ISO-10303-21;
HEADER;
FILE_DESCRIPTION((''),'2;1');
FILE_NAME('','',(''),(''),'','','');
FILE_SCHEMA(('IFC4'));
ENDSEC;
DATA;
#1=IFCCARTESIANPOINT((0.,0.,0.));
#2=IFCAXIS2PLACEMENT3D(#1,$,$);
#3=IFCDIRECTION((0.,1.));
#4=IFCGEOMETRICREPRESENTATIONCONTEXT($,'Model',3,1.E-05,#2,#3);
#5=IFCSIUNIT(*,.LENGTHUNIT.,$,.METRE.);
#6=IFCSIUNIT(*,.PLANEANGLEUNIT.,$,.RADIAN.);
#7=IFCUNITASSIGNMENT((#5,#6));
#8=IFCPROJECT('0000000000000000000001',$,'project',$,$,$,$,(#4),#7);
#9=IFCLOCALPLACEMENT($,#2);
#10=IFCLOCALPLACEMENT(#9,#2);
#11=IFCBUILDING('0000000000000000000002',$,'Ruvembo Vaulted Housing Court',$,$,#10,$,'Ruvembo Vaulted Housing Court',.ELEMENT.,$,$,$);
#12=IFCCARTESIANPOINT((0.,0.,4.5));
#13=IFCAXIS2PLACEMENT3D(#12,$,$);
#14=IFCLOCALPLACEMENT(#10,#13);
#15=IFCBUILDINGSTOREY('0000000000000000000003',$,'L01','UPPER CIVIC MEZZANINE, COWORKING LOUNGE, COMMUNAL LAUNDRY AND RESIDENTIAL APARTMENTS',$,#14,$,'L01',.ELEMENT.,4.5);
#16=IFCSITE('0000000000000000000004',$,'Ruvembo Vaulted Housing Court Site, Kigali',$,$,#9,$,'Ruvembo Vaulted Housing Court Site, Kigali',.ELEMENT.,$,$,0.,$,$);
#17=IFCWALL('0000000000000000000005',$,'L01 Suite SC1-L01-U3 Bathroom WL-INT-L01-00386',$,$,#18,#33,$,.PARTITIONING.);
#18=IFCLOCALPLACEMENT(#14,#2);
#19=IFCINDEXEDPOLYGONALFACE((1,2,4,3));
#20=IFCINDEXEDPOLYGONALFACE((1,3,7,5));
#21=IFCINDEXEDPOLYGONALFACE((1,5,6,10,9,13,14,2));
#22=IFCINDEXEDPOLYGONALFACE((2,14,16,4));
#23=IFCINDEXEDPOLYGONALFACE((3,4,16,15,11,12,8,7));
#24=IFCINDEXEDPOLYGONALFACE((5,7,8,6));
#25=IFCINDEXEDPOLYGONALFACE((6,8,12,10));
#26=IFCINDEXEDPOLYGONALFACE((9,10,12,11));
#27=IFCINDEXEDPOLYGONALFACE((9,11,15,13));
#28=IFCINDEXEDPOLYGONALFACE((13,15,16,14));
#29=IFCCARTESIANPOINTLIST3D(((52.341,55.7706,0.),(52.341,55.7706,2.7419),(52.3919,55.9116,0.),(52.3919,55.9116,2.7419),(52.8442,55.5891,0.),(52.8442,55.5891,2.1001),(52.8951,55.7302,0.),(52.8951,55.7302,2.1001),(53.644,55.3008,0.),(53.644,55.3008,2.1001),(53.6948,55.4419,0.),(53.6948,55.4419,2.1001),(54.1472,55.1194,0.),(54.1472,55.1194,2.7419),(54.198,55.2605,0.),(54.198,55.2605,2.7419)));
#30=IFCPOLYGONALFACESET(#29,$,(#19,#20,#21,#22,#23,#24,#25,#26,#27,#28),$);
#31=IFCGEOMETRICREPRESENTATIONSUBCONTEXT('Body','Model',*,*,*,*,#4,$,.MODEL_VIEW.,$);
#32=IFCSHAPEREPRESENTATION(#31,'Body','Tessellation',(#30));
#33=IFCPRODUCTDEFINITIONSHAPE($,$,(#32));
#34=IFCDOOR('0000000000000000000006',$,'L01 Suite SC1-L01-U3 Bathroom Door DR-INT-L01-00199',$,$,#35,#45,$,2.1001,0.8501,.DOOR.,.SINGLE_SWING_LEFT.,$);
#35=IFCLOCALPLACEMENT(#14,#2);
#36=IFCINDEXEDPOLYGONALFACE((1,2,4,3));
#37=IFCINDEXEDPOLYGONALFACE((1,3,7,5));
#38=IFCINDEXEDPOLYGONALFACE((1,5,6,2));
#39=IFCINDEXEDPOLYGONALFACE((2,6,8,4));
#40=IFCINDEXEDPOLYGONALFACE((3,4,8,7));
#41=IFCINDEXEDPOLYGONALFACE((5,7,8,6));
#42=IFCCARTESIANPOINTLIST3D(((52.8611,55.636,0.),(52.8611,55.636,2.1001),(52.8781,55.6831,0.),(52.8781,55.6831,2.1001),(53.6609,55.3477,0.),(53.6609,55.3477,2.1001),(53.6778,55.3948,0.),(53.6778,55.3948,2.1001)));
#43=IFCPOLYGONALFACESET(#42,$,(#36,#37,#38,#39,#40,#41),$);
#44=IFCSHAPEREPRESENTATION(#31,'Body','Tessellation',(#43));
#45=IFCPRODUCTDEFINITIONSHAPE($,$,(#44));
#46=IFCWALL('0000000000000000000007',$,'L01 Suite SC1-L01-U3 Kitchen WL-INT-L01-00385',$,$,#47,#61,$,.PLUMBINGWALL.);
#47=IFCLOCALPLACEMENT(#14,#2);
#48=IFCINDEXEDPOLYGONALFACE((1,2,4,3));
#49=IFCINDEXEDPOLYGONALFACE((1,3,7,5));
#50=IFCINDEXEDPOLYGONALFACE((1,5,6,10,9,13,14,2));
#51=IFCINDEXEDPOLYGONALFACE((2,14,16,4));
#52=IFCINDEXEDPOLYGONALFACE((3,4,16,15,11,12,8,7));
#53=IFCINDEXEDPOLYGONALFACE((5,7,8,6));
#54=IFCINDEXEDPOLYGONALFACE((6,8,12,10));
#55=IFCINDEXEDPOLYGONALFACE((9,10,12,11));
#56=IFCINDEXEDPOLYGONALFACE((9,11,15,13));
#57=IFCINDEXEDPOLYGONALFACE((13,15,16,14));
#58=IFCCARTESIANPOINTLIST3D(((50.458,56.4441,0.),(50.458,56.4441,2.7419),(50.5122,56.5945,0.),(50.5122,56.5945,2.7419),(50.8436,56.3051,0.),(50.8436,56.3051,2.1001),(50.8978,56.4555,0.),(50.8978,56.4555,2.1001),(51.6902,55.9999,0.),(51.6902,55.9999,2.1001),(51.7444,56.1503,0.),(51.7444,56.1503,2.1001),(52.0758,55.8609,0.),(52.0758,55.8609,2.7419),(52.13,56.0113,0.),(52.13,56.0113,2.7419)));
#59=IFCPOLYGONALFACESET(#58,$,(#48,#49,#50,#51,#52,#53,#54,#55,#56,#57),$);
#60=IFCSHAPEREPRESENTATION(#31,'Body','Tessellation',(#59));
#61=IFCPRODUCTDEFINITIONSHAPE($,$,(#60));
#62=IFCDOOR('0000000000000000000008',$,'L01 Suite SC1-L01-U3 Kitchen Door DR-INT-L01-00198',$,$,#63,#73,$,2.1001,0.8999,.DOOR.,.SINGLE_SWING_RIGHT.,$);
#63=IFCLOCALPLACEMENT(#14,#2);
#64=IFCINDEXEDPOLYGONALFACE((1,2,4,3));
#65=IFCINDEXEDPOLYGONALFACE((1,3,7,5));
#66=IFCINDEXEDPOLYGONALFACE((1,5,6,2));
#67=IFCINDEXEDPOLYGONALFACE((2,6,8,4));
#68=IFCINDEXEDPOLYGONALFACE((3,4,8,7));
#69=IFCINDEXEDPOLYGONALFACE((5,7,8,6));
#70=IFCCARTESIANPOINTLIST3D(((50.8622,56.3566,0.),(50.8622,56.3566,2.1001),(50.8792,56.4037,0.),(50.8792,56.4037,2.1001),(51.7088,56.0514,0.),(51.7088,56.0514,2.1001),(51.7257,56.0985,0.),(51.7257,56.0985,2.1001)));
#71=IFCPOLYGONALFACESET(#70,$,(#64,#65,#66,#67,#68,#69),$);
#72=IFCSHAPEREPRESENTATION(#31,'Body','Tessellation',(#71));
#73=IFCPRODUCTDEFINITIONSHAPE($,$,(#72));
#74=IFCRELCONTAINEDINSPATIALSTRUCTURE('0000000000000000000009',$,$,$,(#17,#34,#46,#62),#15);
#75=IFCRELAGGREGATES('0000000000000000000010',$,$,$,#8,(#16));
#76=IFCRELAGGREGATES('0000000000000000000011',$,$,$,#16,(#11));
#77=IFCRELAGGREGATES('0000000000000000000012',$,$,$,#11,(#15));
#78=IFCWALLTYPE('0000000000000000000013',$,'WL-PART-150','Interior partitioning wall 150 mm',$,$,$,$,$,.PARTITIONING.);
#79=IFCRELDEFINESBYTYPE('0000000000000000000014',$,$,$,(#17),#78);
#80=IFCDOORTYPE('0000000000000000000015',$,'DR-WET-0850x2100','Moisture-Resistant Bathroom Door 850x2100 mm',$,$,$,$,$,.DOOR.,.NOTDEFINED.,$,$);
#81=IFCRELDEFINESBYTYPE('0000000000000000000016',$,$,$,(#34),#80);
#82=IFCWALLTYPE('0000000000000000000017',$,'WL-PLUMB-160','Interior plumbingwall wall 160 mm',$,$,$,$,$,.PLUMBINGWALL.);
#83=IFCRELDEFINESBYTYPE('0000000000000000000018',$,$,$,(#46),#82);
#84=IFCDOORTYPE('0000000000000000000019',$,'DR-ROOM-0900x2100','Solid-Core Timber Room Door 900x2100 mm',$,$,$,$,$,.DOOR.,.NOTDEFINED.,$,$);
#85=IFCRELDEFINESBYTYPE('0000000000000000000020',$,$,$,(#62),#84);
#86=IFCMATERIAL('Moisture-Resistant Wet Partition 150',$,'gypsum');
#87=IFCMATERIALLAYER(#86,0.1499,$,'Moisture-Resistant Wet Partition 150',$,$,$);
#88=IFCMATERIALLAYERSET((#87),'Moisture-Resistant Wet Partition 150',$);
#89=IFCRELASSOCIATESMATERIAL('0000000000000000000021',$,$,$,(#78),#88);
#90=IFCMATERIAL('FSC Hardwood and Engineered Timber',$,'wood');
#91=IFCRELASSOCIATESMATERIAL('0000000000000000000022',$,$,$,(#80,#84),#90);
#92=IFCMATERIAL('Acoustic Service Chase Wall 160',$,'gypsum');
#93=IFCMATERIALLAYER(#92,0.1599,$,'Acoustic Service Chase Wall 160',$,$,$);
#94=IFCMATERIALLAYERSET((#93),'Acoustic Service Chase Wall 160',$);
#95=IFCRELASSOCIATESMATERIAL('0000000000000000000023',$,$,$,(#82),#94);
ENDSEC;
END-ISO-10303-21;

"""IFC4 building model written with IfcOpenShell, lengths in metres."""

from ifc_helpers import new_model, si_unit, direction, frame, frame_2d, origin, place, context, subcontext, project, spatial, rectangle, extrude, material, layer, layer_set, type_object, element, fill, save


model = new_model("IFC4")

# Units and contexts
model_context = context("Model", 3, precision=1e-05, world=origin(), true_north=direction((0.0, 1.0)))
body_context = subcontext(model_context, "Body", "Model", "MODEL_VIEW")
ifc_project = project(units=[si_unit("LENGTHUNIT", "METRE"), si_unit("PLANEANGLEUNIT", "RADIAN")], contexts=[model_context])

# Site, building, storey
site_placement = place(None, origin())
site = spatial("IfcSite", under=ifc_project, at=site_placement, Name="Ruvembo Vaulted Housing Court Site, Kigali", LongName="Ruvembo Vaulted Housing Court Site, Kigali", CompositionType="ELEMENT", RefElevation=0.0)
building_placement = place(site_placement, origin())
building = spatial("IfcBuilding", under=site, at=building_placement, Name="Ruvembo Vaulted Housing Court", LongName="Ruvembo Vaulted Housing Court", CompositionType="ELEMENT")
storey_placement = place(building_placement, frame((0.0, 0.0, 4.5)))
storey = spatial("IfcBuildingStorey", under=building, at=storey_placement, Name="L01", Description="UPPER CIVIC MEZZANINE, COWORKING LOUNGE, COMMUNAL LAUNDRY AND RESIDENTIAL APARTMENTS", LongName="L01", CompositionType="ELEMENT", Elevation=4.5)

# Shared definitions
ifc_material_1 = material(Name="FSC Hardwood and Engineered Timber", Category="wood")

# Walls, openings, doors
ifc_material_2 = material(Name="Moisture-Resistant Wet Partition 150", Category="gypsum")
ifc_layer_1 = layer(ifc_material_2, 0.1499, Name="Moisture-Resistant Wet Partition 150")
ifc_layer_set_1 = layer_set([ifc_layer_1], Name="Moisture-Resistant Wet Partition 150")
wall_type_1 = type_object("IfcWallType", Name="WL-PART-150", Description="Interior partitioning wall 150 mm", PredefinedType="PARTITIONING", material=ifc_layer_set_1)
wall_1_placement = place(storey_placement, frame((52.3665, 55.8411, 0.0), z_axis=(0.0, 0.0, 1.0), x_axis=(0.940737, -0.339138, 0.0)))
wall_1 = element("IfcWall", 1, at=wall_1_placement, inside=storey, type_object=wall_type_1, Name="L01 Suite SC1-L01-U3 Bathroom WL-INT-L01-00386", PredefinedType="PARTITIONING", context=body_context, shape_type="SweptSolid", body=[
    extrude(rectangle(XDim=1.9199, YDim=0.1499, at=frame_2d((0.96, 0.0))), origin(), (0.0, 0.0, 1.0), 2.7419),
])
opening_1_placement = place(wall_1_placement, frame((0.5349, 0.0, 0.0)))
opening_1 = element("IfcOpeningElement", 2, at=opening_1_placement, cuts=wall_1, PredefinedType="OPENING", context=body_context, shape_type="SweptSolid", body=[
    extrude(rectangle(XDim=0.8501, YDim=2.1001, at=frame_2d((0.425, 1.05))), frame((0.0, 0.085, 0.0), z_axis=(0.0, -1.0, 0.0), x_axis=(1.0, 0.0, 0.0)), (0.0, 0.0, 1.0), 0.1699),
])
door_type_1 = type_object("IfcDoorType", Name="DR-WET-0850x2100", Description="Moisture-Resistant Bathroom Door 850x2100 mm", OperationType="NOTDEFINED", PredefinedType="DOOR", material=ifc_material_1)
door_1_placement = place(opening_1_placement, origin())
door_1 = element("IfcDoor", 3, at=door_1_placement, inside=storey, type_object=door_type_1, Name="L01 Suite SC1-L01-U3 Bathroom Door DR-INT-L01-00199", OperationType="SINGLE_SWING_LEFT", OverallHeight=2.1001, OverallWidth=0.8501, PredefinedType="DOOR", context=body_context, shape_type="SweptSolid", body=[
    extrude(rectangle(XDim=0.8501, YDim=2.1001, at=frame_2d((0.425, 1.05))), frame((0.0, 0.0249, 0.0), z_axis=(0.0, -1.0, 0.0), x_axis=(1.0, 0.0, 0.0)), (0.0, 0.0, 1.0), 0.05),
])
fill(opening_1, door_1)
ifc_material_3 = material(Name="Acoustic Service Chase Wall 160", Category="gypsum")
ifc_layer_2 = layer(ifc_material_3, 0.1599, Name="Acoustic Service Chase Wall 160")
ifc_layer_set_2 = layer_set([ifc_layer_2], Name="Acoustic Service Chase Wall 160")
wall_type_2 = type_object("IfcWallType", Name="WL-PLUMB-160", Description="Interior plumbingwall wall 160 mm", PredefinedType="PLUMBINGWALL", material=ifc_layer_set_2)
wall_2_placement = place(storey_placement, frame((50.4851, 56.5193, 0.0), z_axis=(0.0, 0.0, 1.0), x_axis=(0.940739, -0.339132, 0.0)))
wall_2 = element("IfcWall", 4, at=wall_2_placement, inside=storey, type_object=wall_type_2, Name="L01 Suite SC1-L01-U3 Kitchen WL-INT-L01-00385", PredefinedType="PLUMBINGWALL", context=body_context, shape_type="SweptSolid", body=[
    extrude(rectangle(XDim=1.7197, YDim=0.1599, at=frame_2d((0.8599, 0.0))), origin(), (0.0, 0.0, 1.0), 2.7419),
])
opening_2_placement = place(wall_2_placement, frame((0.4099, 0.0, 0.0)))
opening_2 = element("IfcOpeningElement", 5, at=opening_2_placement, cuts=wall_2, PredefinedType="OPENING", context=body_context, shape_type="SweptSolid", body=[
    extrude(rectangle(XDim=0.8999, YDim=2.1001, at=frame_2d((0.45, 1.05))), frame((0.0, 0.0898, 0.0), z_axis=(0.0, -1.0, 0.0), x_axis=(1.0, 0.0, 0.0)), (0.0, 0.0, 1.0), 0.1799),
])
door_type_2 = type_object("IfcDoorType", Name="DR-ROOM-0900x2100", Description="Solid-Core Timber Room Door 900x2100 mm", OperationType="NOTDEFINED", PredefinedType="DOOR", material=ifc_material_1)
door_2_placement = place(opening_2_placement, origin())
door_2 = element("IfcDoor", 6, at=door_2_placement, inside=storey, type_object=door_type_2, Name="L01 Suite SC1-L01-U3 Kitchen Door DR-INT-L01-00198", OperationType="SINGLE_SWING_RIGHT", OverallHeight=2.1001, OverallWidth=0.8999, PredefinedType="DOOR", context=body_context, shape_type="SweptSolid", body=[
    extrude(rectangle(XDim=0.8999, YDim=2.1001, at=frame_2d((0.45, 1.05))), frame((0.0, 0.0249, 0.0), z_axis=(0.0, -1.0, 0.0), x_axis=(1.0, 0.0, 0.0)), (0.0, 0.0, 1.0), 0.05),
])
fill(opening_2, door_2)

save(model, "model.ifc")
